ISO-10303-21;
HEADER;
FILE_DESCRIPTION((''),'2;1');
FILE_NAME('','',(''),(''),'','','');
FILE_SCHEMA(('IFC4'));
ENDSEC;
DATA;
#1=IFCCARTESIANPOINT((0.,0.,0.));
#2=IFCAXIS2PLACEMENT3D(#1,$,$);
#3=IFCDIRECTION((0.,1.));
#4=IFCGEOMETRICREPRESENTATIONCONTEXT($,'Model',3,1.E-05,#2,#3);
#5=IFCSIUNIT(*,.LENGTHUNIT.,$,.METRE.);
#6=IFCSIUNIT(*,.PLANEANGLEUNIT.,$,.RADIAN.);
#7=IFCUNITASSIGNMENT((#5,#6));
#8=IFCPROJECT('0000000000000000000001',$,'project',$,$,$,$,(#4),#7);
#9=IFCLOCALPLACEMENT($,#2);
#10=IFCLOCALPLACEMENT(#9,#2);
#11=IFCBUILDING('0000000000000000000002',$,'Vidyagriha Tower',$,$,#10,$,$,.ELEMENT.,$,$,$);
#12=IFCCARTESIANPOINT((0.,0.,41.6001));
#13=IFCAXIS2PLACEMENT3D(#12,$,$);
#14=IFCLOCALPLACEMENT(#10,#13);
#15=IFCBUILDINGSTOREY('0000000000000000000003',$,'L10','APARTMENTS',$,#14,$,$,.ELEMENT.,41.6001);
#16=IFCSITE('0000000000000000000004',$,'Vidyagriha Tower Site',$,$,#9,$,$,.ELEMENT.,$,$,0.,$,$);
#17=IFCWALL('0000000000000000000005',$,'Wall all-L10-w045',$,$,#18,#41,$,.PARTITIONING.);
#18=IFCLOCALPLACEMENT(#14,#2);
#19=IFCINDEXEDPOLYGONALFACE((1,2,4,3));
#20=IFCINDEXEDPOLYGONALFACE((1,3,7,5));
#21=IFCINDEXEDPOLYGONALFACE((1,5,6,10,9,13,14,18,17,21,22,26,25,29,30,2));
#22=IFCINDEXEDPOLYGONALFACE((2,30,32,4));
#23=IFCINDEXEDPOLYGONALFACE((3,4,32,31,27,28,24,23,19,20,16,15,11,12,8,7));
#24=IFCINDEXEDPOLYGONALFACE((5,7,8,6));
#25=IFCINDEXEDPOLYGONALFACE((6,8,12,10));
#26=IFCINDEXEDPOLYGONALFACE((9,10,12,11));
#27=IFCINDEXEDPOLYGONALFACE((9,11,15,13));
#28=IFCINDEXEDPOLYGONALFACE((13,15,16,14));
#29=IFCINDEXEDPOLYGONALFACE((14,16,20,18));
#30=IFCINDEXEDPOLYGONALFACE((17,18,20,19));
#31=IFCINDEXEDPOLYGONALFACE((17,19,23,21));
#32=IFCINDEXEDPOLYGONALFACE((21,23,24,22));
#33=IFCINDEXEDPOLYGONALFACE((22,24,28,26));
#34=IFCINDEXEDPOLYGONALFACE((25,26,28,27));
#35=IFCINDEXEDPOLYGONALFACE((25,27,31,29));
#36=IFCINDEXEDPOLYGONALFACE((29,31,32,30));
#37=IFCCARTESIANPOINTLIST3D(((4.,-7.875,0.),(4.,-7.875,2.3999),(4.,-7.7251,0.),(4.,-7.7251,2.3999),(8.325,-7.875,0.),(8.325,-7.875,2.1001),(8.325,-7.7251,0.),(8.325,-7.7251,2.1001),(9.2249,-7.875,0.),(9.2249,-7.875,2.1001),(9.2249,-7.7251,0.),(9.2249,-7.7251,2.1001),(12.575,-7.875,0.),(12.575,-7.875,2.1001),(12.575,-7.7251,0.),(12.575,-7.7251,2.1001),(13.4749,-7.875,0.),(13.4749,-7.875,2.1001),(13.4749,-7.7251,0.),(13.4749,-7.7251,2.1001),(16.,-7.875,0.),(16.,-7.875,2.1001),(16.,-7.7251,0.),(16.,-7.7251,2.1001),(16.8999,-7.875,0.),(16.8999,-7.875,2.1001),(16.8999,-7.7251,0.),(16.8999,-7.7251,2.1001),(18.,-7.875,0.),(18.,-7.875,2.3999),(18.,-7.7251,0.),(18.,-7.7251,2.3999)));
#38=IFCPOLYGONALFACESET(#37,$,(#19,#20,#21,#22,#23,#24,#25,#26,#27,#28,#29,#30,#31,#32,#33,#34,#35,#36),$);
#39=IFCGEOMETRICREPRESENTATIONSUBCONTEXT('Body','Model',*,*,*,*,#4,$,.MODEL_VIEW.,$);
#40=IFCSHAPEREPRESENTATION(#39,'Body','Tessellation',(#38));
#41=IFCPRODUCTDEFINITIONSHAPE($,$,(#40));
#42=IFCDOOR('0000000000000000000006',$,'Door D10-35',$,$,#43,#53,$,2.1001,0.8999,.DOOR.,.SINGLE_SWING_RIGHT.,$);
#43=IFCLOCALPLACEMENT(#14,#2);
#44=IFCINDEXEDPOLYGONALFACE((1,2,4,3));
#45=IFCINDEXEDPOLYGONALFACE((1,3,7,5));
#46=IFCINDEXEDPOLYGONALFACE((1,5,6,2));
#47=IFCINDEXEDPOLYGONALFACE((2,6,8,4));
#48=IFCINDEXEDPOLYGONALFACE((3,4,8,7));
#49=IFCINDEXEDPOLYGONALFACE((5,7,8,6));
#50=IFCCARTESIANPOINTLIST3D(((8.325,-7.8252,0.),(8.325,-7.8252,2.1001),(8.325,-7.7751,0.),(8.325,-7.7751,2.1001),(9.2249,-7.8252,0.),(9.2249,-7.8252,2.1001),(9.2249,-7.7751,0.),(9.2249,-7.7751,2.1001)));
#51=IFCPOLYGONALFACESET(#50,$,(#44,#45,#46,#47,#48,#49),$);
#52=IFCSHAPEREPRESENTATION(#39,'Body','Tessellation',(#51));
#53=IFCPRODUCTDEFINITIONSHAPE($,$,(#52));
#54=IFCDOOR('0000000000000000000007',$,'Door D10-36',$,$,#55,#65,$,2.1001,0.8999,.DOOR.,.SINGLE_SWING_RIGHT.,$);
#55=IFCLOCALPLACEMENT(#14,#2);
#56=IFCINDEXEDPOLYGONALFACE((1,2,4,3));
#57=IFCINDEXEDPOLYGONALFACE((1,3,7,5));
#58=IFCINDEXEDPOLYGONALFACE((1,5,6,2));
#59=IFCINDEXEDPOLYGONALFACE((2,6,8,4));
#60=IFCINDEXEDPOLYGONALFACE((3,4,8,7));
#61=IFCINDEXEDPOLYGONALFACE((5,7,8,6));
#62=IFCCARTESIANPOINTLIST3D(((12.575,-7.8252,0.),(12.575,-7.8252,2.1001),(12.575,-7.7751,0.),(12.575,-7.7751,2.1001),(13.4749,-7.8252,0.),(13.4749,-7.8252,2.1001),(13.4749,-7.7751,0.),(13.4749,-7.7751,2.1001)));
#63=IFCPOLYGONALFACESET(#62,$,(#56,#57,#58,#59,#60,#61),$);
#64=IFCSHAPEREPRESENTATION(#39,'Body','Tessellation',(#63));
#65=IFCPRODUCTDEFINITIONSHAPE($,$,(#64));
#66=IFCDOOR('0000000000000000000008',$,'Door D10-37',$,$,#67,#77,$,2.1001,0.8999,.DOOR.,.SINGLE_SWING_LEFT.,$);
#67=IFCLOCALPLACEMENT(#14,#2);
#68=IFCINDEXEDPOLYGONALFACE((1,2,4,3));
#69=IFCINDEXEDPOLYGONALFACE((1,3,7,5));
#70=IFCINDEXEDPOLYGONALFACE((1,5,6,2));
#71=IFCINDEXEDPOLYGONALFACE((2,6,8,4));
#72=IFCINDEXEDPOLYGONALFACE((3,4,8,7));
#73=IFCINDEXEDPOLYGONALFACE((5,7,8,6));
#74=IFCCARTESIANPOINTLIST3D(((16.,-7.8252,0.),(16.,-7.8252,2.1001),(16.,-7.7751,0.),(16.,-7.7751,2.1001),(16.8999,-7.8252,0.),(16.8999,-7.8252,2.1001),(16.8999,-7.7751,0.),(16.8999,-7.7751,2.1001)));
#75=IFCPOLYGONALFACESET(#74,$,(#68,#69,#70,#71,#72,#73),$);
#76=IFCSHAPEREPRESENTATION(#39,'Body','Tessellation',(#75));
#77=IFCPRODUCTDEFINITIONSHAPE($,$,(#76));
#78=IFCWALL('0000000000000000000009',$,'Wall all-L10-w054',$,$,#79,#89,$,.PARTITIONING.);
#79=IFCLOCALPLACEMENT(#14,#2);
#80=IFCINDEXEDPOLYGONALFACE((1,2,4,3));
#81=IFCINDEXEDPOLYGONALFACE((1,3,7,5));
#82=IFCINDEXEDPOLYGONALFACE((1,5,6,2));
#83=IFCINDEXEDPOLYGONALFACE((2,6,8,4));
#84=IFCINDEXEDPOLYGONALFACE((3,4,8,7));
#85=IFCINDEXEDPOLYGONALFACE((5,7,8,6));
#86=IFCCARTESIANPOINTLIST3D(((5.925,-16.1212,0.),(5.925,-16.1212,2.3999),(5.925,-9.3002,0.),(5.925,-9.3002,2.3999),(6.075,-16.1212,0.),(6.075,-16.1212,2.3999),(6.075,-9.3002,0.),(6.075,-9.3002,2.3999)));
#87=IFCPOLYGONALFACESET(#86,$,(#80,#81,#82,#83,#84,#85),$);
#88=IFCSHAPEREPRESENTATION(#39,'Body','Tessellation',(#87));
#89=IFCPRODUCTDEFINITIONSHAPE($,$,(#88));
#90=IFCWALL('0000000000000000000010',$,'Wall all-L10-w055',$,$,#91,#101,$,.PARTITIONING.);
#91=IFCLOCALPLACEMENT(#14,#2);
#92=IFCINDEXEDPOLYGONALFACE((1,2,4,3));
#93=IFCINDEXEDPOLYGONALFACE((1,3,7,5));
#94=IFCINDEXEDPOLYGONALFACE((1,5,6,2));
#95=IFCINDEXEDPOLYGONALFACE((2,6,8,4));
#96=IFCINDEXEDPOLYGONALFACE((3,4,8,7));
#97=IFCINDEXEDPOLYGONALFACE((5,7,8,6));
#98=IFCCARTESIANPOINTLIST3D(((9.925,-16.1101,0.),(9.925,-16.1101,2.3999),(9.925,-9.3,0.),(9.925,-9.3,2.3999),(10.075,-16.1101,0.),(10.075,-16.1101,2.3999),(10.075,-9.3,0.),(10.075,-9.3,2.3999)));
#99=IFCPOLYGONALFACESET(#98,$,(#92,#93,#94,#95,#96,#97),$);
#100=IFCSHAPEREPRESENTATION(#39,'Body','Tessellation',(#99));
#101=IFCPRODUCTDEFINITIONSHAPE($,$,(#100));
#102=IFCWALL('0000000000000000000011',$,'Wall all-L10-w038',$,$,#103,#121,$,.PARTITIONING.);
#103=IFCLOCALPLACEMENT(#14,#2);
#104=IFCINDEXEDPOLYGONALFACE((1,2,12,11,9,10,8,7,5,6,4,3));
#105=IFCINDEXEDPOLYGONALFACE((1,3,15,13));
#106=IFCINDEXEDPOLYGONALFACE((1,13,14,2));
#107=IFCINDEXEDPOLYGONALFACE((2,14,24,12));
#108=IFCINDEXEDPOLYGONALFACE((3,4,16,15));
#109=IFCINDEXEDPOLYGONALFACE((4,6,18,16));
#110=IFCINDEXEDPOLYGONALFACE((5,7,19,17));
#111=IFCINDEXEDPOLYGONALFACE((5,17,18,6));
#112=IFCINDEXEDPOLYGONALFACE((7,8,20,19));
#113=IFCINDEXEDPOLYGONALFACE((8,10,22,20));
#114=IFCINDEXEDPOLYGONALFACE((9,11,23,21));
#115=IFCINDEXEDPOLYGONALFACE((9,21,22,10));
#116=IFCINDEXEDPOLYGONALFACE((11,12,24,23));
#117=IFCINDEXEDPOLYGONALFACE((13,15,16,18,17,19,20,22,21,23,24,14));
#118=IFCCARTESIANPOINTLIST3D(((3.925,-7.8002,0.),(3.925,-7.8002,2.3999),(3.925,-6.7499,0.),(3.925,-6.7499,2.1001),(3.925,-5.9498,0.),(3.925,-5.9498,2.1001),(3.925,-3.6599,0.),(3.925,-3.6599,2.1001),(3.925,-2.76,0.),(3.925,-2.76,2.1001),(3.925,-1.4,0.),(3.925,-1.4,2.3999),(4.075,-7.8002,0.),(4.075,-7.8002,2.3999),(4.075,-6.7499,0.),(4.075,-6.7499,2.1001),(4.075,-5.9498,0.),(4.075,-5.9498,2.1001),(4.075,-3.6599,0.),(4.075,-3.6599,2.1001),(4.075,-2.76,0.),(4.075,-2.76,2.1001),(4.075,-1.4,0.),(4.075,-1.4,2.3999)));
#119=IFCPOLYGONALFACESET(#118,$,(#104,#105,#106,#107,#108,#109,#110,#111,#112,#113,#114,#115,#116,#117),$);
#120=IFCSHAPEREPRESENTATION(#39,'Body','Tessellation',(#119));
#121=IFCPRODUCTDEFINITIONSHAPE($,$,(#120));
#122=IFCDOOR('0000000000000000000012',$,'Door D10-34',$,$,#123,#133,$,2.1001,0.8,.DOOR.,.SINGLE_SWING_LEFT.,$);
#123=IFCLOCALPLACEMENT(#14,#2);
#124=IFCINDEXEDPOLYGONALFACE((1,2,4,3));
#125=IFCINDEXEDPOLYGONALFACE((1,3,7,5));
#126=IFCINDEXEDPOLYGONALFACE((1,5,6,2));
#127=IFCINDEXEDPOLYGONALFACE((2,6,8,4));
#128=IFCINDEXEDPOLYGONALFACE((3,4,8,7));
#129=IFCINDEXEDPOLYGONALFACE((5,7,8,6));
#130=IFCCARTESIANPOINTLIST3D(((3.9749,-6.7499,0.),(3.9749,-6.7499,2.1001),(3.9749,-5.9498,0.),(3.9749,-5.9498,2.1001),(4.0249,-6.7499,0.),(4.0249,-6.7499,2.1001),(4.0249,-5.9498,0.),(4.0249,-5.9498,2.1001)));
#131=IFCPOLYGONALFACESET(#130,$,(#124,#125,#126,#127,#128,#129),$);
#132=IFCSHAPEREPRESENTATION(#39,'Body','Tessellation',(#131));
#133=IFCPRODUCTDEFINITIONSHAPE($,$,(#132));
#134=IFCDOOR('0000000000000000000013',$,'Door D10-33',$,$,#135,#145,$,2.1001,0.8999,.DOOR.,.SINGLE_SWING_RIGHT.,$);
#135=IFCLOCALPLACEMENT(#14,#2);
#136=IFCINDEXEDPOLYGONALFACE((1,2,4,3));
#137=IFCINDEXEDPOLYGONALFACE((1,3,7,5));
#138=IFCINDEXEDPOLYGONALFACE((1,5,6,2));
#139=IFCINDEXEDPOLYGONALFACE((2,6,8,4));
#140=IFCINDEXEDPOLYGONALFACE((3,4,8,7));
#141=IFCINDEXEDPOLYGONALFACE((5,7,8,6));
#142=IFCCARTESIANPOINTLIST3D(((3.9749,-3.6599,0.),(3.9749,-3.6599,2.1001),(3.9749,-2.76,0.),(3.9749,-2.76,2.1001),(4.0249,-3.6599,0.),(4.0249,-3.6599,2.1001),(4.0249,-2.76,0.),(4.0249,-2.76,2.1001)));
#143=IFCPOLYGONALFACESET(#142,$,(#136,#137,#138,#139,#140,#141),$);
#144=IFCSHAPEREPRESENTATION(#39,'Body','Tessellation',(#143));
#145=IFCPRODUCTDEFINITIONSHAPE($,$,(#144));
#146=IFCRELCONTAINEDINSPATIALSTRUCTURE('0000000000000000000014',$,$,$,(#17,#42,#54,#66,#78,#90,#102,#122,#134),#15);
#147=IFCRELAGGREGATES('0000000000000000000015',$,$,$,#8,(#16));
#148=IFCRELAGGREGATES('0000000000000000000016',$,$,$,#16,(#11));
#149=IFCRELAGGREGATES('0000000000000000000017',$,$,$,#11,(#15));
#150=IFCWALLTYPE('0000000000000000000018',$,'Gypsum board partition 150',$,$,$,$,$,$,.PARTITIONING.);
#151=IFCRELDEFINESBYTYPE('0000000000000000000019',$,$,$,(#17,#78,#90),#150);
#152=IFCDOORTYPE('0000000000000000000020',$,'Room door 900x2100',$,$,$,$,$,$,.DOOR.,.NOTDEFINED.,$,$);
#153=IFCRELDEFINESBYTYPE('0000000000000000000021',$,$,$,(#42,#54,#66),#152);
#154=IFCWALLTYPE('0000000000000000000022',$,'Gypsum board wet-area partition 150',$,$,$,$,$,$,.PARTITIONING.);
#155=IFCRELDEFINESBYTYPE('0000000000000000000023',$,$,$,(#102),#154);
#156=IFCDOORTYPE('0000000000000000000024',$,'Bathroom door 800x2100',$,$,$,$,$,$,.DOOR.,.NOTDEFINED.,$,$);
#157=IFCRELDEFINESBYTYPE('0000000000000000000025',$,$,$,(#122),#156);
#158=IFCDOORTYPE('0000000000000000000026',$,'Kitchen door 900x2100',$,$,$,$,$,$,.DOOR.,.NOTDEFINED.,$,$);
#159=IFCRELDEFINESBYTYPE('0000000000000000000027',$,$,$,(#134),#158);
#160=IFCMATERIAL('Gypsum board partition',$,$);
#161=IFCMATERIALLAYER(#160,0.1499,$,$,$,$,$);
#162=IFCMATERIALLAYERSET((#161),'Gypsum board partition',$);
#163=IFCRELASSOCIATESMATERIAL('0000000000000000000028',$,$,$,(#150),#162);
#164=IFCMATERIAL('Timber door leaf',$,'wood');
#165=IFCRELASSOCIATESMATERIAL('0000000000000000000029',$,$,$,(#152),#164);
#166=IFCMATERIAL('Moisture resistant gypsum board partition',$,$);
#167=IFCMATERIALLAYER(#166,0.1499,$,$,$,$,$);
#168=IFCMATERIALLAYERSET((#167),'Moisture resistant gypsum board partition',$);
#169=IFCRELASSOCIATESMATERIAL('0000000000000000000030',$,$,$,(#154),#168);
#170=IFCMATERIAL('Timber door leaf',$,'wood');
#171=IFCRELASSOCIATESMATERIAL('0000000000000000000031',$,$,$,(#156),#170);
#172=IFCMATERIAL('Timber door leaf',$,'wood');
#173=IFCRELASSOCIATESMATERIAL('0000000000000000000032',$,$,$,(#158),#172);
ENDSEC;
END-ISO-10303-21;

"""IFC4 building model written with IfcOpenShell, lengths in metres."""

from ifc_helpers import new_model, si_unit, direction, frame, frame_2d, origin, place, context, subcontext, project, spatial, rectangle, extrude, material, layer, layer_set, type_object, element, fill, save


model = new_model("IFC4")

# Units and contexts
model_context = context("Model", 3, precision=1e-05, world=origin(), true_north=direction((0.0, 1.0)))
body_context = subcontext(model_context, "Body", "Model", "MODEL_VIEW")
ifc_project = project(units=[si_unit("LENGTHUNIT", "METRE"), si_unit("PLANEANGLEUNIT", "RADIAN")], contexts=[model_context])

# Site, building, storey
site_placement = place(None, origin())
site = spatial("IfcSite", under=ifc_project, at=site_placement, Name="Vidyagriha Tower Site", CompositionType="ELEMENT", RefElevation=0.0)
building_placement = place(site_placement, origin())
building = spatial("IfcBuilding", under=site, at=building_placement, Name="Vidyagriha Tower", CompositionType="ELEMENT")
storey_placement = place(building_placement, frame((0.0, 0.0, 41.6001)))
storey = spatial("IfcBuildingStorey", under=building, at=storey_placement, Name="L10", Description="APARTMENTS", CompositionType="ELEMENT", Elevation=41.6001)

# Shared definitions
ifc_material_1 = material(Name="Gypsum board partition")
ifc_layer_1 = layer(ifc_material_1, 0.1499)
ifc_layer_set_1 = layer_set([ifc_layer_1], Name="Gypsum board partition")
wall_type_1 = type_object("IfcWallType", Name="Gypsum board partition 150", PredefinedType="PARTITIONING", material=ifc_layer_set_1)

# Shared definitions
ifc_material_2 = material(Name="Timber door leaf", Category="wood")
door_type_1 = type_object("IfcDoorType", Name="Room door 900x2100", OperationType="NOTDEFINED", PredefinedType="DOOR", material=ifc_material_2)

# Wall, openings, doors
wall_1_placement = place(storey_placement, frame((4.0, -7.8, 0.0)))
wall_1 = element("IfcWall", 1, at=wall_1_placement, inside=storey, type_object=wall_type_1, Name="Wall all-L10-w045", PredefinedType="PARTITIONING", context=body_context, shape_type="SweptSolid", body=[
    extrude(rectangle(XDim=14.0, YDim=0.1499, at=frame_2d((7.0, 0.0))), origin(), (0.0, 0.0, 1.0), 2.3999),
])
opening_1_placement = place(wall_1_placement, frame((4.325, 0.0, 0.0)))
opening_1 = element("IfcOpeningElement", 2, at=opening_1_placement, cuts=wall_1, PredefinedType="OPENING", context=body_context, shape_type="SweptSolid", body=[
    extrude(rectangle(XDim=0.8999, YDim=2.1001, at=frame_2d((0.45, 1.05))), frame((0.0, 0.085, 0.0), z_axis=(0.0, -1.0, 0.0), x_axis=(1.0, 0.0, 0.0)), (0.0, 0.0, 1.0), 0.1699),
])
opening_2_placement = place(wall_1_placement, frame((8.575, 0.0, 0.0)))
opening_2 = element("IfcOpeningElement", 3, at=opening_2_placement, cuts=wall_1, PredefinedType="OPENING", context=body_context, shape_type="SweptSolid", body=[
    extrude(rectangle(XDim=0.8999, YDim=2.1001, at=frame_2d((0.45, 1.05))), frame((0.0, 0.085, 0.0), z_axis=(0.0, -1.0, 0.0), x_axis=(1.0, 0.0, 0.0)), (0.0, 0.0, 1.0), 0.1699),
])
opening_3_placement = place(wall_1_placement, frame((12.0, 0.0, 0.0)))
opening_3 = element("IfcOpeningElement", 4, at=opening_3_placement, cuts=wall_1, PredefinedType="OPENING", context=body_context, shape_type="SweptSolid", body=[
    extrude(rectangle(XDim=0.8999, YDim=2.1001, at=frame_2d((0.45, 1.05))), frame((0.0, 0.085, 0.0), z_axis=(0.0, -1.0, 0.0), x_axis=(1.0, 0.0, 0.0)), (0.0, 0.0, 1.0), 0.1699),
])
door_1_placement = place(opening_1_placement, origin())
door_1 = element("IfcDoor", 5, at=door_1_placement, inside=storey, type_object=door_type_1, Name="Door D10-35", OperationType="SINGLE_SWING_RIGHT", OverallHeight=2.1001, OverallWidth=0.8999, PredefinedType="DOOR", context=body_context, shape_type="SweptSolid", body=[
    extrude(rectangle(XDim=0.8999, YDim=2.1001, at=frame_2d((0.45, 1.05))), frame((0.0, 0.0249, 0.0), z_axis=(0.0, -1.0, 0.0), x_axis=(1.0, 0.0, 0.0)), (0.0, 0.0, 1.0), 0.05),
])
fill(opening_1, door_1)
door_2_placement = place(opening_2_placement, origin())
door_2 = element("IfcDoor", 6, at=door_2_placement, inside=storey, type_object=door_type_1, Name="Door D10-36", OperationType="SINGLE_SWING_RIGHT", OverallHeight=2.1001, OverallWidth=0.8999, PredefinedType="DOOR", context=body_context, shape_type="SweptSolid", body=[
    extrude(rectangle(XDim=0.8999, YDim=2.1001, at=frame_2d((0.45, 1.05))), frame((0.0, 0.0249, 0.0), z_axis=(0.0, -1.0, 0.0), x_axis=(1.0, 0.0, 0.0)), (0.0, 0.0, 1.0), 0.05),
])
fill(opening_2, door_2)
door_3_placement = place(opening_3_placement, origin())
door_3 = element("IfcDoor", 7, at=door_3_placement, inside=storey, type_object=door_type_1, Name="Door D10-37", OperationType="SINGLE_SWING_LEFT", OverallHeight=2.1001, OverallWidth=0.8999, PredefinedType="DOOR", context=body_context, shape_type="SweptSolid", body=[
    extrude(rectangle(XDim=0.8999, YDim=2.1001, at=frame_2d((0.45, 1.05))), frame((0.0, 0.0249, 0.0), z_axis=(0.0, -1.0, 0.0), x_axis=(1.0, 0.0, 0.0)), (0.0, 0.0, 1.0), 0.05),
])
fill(opening_3, door_3)

# Walls
wall_2_placement = place(storey_placement, frame((6.0, -9.3, 0.0), z_axis=(0.0, 0.0, 1.0), x_axis=(0.0, -1.0, 0.0)))
element("IfcWall", 8, at=wall_2_placement, inside=storey, type_object=wall_type_1, Name="Wall all-L10-w054", PredefinedType="PARTITIONING", context=body_context, shape_type="SweptSolid", body=[
    extrude(rectangle(XDim=6.821, YDim=0.1499, at=frame_2d((3.4106, 0.0))), origin(), (0.0, 0.0, 1.0), 2.3999),
])
wall_3_placement = place(storey_placement, frame((10.0, -9.3, 0.0), z_axis=(0.0, 0.0, 1.0), x_axis=(0.0, -1.0, 0.0)))
element("IfcWall", 9, at=wall_3_placement, inside=storey, type_object=wall_type_1, Name="Wall all-L10-w055", PredefinedType="PARTITIONING", context=body_context, shape_type="SweptSolid", body=[
    extrude(rectangle(XDim=6.8101, YDim=0.1499, at=frame_2d((3.405, 0.0))), origin(), (0.0, 0.0, 1.0), 2.3999),
])

# Wall, openings, doors
ifc_material_3 = material(Name="Moisture resistant gypsum board partition")
ifc_layer_2 = layer(ifc_material_3, 0.1499)
ifc_layer_set_2 = layer_set([ifc_layer_2], Name="Moisture resistant gypsum board partition")
wall_type_2 = type_object("IfcWallType", Name="Gypsum board wet-area partition 150", PredefinedType="PARTITIONING", material=ifc_layer_set_2)
wall_4_placement = place(storey_placement, frame((4.0, -1.3999, 0.0), z_axis=(0.0, 0.0, 1.0), x_axis=(0.0, -1.0, 0.0)))
wall_4 = element("IfcWall", 10, at=wall_4_placement, inside=storey, type_object=wall_type_2, Name="Wall all-L10-w038", PredefinedType="PARTITIONING", context=body_context, shape_type="SweptSolid", body=[
    extrude(rectangle(XDim=6.4001, YDim=0.1499, at=frame_2d((3.2002, 0.0))), origin(), (0.0, 0.0, 1.0), 2.3999),
])
opening_4_placement = place(wall_4_placement, frame((1.3601, 0.0, 0.0)))
opening_4 = element("IfcOpeningElement", 11, at=opening_4_placement, cuts=wall_4, PredefinedType="OPENING", context=body_context, shape_type="SweptSolid", body=[
    extrude(rectangle(XDim=0.8999, YDim=2.1001, at=frame_2d((0.45, 1.05))), frame((0.0, 0.085, 0.0), z_axis=(0.0, -1.0, 0.0), x_axis=(1.0, 0.0, 0.0)), (0.0, 0.0, 1.0), 0.1699),
])
opening_5_placement = place(wall_4_placement, frame((4.55, 0.0, 0.0)))
opening_5 = element("IfcOpeningElement", 12, at=opening_5_placement, cuts=wall_4, PredefinedType="OPENING", context=body_context, shape_type="SweptSolid", body=[
    extrude(rectangle(XDim=0.8, YDim=2.1001, at=frame_2d((0.3999, 1.05))), frame((0.0, 0.085, 0.0), z_axis=(0.0, -1.0, 0.0), x_axis=(1.0, 0.0, 0.0)), (0.0, 0.0, 1.0), 0.1699),
])
ifc_material_4 = material(Name="Timber door leaf", Category="wood")
door_type_2 = type_object("IfcDoorType", Name="Bathroom door 800x2100", OperationType="NOTDEFINED", PredefinedType="DOOR", material=ifc_material_4)
door_4_placement = place(opening_5_placement, origin())
door_4 = element("IfcDoor", 13, at=door_4_placement, inside=storey, type_object=door_type_2, Name="Door D10-34", OperationType="SINGLE_SWING_LEFT", OverallHeight=2.1001, OverallWidth=0.8, PredefinedType="DOOR", context=body_context, shape_type="SweptSolid", body=[
    extrude(rectangle(XDim=0.8, YDim=2.1001, at=frame_2d((0.3999, 1.05))), frame((0.0, 0.0249, 0.0), z_axis=(0.0, -1.0, 0.0), x_axis=(1.0, 0.0, 0.0)), (0.0, 0.0, 1.0), 0.05),
])
fill(opening_5, door_4)
ifc_material_5 = material(Name="Timber door leaf", Category="wood")
door_type_3 = type_object("IfcDoorType", Name="Kitchen door 900x2100", OperationType="NOTDEFINED", PredefinedType="DOOR", material=ifc_material_5)
door_5_placement = place(opening_4_placement, origin())
door_5 = element("IfcDoor", 14, at=door_5_placement, inside=storey, type_object=door_type_3, Name="Door D10-33", OperationType="SINGLE_SWING_RIGHT", OverallHeight=2.1001, OverallWidth=0.8999, PredefinedType="DOOR", context=body_context, shape_type="SweptSolid", body=[
    extrude(rectangle(XDim=0.8999, YDim=2.1001, at=frame_2d((0.45, 1.05))), frame((0.0, 0.0249, 0.0), z_axis=(0.0, -1.0, 0.0), x_axis=(1.0, 0.0, 0.0)), (0.0, 0.0, 1.0), 0.05),
])
fill(opening_4, door_5)

save(model, "model.ifc")
